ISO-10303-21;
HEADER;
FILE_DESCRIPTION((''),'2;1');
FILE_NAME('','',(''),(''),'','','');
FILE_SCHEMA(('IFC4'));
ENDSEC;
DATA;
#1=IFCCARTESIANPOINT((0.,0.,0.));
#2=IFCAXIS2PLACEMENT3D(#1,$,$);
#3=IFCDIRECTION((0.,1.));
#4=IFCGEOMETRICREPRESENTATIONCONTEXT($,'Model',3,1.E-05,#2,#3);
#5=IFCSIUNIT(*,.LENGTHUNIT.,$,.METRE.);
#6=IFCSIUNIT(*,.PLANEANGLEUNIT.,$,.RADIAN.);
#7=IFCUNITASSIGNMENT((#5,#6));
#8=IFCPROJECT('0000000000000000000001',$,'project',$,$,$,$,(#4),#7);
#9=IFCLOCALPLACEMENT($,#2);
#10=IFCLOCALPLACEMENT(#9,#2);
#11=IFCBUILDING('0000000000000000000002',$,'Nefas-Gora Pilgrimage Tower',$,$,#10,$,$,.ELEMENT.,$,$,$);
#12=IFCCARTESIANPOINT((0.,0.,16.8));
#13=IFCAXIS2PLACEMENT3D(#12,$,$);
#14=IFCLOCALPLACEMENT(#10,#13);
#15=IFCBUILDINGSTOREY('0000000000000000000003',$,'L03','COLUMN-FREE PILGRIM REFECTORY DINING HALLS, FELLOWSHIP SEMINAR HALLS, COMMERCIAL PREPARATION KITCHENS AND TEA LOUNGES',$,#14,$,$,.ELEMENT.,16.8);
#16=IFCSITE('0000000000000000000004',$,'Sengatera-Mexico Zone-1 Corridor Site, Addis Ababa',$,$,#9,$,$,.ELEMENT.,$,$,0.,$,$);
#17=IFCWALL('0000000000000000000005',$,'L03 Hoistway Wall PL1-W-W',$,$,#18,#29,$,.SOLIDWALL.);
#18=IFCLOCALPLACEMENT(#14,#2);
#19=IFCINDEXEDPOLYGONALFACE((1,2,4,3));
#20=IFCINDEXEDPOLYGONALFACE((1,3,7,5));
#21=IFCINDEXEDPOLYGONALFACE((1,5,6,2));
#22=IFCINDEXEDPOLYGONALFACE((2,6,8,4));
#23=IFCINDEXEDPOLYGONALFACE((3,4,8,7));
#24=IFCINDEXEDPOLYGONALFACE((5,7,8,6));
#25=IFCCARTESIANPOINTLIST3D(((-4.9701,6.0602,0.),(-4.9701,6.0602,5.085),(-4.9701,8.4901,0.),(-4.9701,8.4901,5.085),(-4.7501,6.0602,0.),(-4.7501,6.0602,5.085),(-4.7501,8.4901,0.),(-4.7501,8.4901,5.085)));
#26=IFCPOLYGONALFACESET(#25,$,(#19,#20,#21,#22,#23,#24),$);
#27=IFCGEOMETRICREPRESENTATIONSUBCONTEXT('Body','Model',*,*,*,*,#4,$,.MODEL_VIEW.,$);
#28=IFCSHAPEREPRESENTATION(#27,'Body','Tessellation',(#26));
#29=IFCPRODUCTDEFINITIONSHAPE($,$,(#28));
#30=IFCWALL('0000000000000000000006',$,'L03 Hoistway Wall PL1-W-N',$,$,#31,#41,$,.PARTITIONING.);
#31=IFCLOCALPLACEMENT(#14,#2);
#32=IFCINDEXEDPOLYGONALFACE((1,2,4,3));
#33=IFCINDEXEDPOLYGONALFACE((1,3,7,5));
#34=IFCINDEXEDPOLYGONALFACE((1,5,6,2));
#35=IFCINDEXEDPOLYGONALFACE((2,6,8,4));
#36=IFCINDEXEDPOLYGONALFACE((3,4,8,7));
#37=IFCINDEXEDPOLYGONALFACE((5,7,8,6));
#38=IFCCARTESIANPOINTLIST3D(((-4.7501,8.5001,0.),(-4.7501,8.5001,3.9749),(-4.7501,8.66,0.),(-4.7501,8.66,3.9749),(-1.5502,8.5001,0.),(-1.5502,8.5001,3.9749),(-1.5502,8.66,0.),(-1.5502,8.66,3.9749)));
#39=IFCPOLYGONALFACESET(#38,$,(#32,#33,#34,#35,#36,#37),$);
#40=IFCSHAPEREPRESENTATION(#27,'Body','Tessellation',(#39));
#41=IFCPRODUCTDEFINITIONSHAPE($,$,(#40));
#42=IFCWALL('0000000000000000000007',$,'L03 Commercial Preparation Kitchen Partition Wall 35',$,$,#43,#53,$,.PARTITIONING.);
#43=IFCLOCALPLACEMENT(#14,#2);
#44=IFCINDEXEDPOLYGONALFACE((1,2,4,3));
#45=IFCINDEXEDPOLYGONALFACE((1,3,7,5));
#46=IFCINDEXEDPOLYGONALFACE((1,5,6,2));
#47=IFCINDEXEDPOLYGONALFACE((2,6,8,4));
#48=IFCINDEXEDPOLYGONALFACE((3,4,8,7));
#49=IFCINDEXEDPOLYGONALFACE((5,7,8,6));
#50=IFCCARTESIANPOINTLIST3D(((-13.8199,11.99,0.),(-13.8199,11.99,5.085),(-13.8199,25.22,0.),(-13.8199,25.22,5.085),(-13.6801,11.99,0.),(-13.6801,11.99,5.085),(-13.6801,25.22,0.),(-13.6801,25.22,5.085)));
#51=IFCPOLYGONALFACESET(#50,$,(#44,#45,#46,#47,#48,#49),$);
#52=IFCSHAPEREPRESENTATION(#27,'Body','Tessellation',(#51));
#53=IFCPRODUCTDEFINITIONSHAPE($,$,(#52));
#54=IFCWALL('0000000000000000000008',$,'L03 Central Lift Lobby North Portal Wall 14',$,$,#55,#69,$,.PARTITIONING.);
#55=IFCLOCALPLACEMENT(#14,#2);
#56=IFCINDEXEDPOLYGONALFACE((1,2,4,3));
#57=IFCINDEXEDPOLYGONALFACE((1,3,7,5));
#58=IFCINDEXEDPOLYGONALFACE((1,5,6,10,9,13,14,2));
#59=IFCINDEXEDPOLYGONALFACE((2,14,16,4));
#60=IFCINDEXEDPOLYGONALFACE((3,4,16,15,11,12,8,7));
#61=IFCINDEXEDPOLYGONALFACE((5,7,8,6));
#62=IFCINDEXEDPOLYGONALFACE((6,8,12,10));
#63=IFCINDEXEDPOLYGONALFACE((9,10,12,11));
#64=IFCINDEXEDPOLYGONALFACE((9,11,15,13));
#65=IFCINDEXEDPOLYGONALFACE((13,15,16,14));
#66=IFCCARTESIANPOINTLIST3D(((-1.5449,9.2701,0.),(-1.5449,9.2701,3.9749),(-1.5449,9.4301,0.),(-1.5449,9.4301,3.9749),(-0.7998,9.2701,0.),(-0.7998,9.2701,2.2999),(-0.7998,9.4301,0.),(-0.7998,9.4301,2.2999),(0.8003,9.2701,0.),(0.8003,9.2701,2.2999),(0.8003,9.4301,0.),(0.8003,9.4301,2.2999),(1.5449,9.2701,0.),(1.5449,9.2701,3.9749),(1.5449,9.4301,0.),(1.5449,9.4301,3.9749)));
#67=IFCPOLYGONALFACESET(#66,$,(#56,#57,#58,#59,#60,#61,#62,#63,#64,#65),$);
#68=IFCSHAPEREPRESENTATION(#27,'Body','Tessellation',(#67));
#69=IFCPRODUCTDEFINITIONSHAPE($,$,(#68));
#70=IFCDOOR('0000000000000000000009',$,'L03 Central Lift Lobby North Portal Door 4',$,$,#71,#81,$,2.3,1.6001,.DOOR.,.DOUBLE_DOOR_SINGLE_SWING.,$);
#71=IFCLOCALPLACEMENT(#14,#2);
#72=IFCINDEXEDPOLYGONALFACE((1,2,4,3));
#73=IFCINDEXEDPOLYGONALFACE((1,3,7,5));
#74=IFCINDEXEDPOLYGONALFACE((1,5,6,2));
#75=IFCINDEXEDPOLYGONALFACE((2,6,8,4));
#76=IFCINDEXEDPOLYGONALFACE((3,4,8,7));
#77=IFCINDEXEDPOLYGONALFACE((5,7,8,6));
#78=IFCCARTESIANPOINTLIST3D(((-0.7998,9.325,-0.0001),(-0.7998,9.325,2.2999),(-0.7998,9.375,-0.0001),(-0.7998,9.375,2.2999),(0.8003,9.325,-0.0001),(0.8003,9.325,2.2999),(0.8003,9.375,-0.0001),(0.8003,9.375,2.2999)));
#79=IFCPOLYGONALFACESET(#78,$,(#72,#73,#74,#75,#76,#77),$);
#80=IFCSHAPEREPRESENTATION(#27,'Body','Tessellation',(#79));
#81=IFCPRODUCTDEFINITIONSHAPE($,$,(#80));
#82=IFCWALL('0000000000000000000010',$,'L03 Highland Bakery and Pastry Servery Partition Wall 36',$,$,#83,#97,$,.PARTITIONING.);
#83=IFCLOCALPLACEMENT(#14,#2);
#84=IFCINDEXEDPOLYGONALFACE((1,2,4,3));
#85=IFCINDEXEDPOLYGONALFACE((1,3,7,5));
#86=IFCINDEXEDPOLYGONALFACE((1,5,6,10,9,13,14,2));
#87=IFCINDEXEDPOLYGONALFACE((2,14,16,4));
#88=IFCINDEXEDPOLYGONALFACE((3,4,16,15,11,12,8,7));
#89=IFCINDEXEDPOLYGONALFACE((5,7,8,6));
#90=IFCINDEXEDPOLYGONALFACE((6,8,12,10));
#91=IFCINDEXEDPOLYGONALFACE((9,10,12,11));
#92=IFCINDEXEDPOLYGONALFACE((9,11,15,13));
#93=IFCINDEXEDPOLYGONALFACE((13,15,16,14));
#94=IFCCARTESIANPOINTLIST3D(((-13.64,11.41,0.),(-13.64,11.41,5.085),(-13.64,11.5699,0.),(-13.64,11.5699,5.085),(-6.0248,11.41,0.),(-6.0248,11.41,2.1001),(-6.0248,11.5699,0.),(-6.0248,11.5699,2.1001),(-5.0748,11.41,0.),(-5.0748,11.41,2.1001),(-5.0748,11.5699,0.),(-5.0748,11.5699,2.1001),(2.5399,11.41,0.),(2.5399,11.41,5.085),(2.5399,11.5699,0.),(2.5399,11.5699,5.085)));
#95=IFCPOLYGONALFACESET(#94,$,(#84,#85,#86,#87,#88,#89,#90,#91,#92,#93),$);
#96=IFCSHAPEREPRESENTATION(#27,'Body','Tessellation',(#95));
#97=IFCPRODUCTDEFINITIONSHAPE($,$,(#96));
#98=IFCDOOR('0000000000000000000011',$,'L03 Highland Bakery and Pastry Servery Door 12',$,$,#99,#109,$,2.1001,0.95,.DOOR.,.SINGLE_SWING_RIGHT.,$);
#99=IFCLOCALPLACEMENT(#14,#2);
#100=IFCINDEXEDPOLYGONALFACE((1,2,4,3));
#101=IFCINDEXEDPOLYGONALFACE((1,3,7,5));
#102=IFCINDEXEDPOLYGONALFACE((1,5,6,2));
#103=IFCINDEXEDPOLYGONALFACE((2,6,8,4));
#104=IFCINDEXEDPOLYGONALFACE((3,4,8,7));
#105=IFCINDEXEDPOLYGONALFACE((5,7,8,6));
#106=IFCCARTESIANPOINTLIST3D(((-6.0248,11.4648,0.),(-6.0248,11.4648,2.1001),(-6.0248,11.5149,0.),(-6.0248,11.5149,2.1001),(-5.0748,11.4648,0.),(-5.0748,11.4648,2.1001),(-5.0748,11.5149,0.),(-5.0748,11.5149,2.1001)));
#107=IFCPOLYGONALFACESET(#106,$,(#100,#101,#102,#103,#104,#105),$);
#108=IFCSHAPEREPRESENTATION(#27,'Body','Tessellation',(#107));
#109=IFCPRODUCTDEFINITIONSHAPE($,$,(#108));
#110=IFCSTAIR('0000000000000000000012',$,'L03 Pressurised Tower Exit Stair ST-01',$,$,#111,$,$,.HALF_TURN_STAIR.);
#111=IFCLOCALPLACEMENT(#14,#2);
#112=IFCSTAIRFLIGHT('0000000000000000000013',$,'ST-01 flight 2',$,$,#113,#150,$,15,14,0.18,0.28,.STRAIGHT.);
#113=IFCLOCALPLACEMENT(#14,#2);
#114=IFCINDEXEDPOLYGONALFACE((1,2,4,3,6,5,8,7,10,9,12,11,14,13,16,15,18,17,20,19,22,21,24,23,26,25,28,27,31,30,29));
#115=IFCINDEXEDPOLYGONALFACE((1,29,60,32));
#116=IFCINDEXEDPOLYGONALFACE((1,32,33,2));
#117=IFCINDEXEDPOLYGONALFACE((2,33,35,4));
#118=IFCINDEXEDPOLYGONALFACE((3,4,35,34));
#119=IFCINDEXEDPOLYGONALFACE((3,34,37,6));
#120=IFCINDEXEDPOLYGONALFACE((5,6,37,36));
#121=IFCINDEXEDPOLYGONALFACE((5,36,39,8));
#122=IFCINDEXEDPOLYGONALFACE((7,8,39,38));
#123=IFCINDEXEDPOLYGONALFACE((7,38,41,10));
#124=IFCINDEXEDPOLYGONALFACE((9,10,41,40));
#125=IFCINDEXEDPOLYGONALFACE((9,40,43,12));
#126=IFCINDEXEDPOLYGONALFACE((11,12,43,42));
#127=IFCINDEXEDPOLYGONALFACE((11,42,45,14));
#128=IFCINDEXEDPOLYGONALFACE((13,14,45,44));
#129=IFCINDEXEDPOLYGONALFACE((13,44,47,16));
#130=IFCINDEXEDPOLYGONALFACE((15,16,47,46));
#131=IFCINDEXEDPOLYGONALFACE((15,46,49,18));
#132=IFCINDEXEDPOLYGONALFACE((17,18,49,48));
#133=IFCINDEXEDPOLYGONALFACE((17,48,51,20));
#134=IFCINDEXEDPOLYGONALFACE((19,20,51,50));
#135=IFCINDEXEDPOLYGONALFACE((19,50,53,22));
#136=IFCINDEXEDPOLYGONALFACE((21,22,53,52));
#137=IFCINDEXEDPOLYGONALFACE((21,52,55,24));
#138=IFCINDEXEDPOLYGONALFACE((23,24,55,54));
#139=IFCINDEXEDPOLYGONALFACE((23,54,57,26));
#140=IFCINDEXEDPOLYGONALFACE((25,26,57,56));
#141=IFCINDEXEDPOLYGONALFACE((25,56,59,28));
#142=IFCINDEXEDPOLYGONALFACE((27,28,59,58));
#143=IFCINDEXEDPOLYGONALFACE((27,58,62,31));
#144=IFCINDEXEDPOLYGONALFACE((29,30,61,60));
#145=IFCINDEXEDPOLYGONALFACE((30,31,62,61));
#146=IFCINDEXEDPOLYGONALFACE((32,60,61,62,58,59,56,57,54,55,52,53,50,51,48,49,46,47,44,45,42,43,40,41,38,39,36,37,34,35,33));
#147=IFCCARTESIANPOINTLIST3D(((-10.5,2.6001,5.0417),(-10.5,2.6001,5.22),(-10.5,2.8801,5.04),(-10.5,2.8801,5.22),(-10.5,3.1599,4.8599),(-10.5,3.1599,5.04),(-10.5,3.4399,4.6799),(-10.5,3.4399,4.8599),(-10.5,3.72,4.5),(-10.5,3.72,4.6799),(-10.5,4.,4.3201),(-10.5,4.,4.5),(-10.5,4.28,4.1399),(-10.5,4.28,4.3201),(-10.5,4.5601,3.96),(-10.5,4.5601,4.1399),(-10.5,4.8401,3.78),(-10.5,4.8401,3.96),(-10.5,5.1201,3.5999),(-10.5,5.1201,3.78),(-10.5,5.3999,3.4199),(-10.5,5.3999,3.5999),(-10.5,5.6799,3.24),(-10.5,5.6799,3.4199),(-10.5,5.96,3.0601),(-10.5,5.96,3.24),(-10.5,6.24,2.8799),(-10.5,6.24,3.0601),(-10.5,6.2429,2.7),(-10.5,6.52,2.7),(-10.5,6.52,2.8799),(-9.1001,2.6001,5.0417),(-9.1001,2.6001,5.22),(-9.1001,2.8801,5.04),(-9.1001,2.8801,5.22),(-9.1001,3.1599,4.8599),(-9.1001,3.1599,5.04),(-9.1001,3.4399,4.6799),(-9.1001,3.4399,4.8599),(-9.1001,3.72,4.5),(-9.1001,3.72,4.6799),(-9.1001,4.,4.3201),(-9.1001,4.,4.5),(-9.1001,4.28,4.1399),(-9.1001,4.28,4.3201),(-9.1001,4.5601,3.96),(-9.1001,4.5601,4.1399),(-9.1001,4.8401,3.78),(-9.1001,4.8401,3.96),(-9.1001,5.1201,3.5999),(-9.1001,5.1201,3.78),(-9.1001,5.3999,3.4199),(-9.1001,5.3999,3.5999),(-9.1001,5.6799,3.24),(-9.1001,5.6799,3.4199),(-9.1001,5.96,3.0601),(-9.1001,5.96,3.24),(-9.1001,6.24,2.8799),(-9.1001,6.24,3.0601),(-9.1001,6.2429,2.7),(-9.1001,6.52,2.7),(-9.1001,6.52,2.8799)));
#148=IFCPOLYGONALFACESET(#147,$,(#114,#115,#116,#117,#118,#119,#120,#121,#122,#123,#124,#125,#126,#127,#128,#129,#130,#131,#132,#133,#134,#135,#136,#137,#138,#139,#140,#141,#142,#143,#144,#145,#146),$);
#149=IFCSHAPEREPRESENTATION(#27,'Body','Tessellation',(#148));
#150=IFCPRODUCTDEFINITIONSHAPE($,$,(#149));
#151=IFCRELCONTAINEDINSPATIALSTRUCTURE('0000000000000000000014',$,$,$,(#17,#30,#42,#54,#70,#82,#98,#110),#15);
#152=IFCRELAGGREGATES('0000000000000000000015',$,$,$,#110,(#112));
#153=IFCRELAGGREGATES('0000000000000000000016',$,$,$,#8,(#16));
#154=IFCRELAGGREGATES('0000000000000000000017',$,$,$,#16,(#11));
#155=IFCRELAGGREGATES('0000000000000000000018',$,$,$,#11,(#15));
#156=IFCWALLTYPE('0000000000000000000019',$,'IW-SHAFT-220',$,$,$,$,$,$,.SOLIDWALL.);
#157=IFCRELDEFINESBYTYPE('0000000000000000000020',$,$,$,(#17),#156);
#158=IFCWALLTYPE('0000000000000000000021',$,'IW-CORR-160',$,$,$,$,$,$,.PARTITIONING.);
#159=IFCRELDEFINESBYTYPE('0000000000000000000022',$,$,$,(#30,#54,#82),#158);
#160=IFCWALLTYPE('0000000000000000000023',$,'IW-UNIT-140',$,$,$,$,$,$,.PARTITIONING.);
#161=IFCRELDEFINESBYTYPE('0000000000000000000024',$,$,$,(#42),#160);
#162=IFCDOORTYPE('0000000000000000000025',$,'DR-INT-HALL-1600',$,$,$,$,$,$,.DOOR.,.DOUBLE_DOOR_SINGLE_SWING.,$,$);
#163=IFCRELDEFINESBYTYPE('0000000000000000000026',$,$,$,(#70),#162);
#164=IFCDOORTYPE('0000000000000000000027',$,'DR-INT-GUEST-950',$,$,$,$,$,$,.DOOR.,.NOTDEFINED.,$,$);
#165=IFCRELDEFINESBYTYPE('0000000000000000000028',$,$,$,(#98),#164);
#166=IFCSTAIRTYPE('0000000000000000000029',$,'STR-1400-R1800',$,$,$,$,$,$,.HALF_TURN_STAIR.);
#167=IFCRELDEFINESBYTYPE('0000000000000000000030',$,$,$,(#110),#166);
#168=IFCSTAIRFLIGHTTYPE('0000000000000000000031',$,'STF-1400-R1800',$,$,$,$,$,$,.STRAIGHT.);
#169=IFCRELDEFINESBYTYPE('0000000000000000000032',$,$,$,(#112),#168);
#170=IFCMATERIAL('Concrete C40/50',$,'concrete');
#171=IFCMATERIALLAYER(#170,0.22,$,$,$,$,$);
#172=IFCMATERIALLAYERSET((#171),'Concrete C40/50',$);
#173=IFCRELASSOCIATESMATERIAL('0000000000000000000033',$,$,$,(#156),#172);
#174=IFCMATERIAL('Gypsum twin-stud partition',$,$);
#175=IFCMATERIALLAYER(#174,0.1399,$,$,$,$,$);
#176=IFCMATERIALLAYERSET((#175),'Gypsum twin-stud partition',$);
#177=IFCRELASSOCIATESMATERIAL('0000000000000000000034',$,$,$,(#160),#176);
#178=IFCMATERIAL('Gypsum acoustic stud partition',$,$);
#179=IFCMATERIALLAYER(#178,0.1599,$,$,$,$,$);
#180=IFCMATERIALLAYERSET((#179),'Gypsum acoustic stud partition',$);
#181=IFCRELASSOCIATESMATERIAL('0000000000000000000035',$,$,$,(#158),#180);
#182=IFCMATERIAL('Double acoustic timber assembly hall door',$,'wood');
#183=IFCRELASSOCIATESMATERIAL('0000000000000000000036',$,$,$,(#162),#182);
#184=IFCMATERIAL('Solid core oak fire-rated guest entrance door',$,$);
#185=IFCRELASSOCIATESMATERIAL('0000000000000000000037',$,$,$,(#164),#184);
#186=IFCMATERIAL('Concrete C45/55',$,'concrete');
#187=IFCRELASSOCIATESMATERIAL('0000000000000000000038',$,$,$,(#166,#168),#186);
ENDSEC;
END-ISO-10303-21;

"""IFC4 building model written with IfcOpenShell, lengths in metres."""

from ifc_helpers import new_model, si_unit, direction, frame, frame_2d, origin, place, context, subcontext, project, spatial, polyline, rectangle, outline, extrude, source, transform, mapped, material, layer, layer_set, type_object, element, fill, aggregate, save


model = new_model("IFC4")

# Units and contexts
model_context = context("Model", 3, precision=1e-05, world=origin(), true_north=direction((0.0, 1.0)))
body_context = subcontext(model_context, "Body", "Model", "MODEL_VIEW")
ifc_project = project(units=[si_unit("LENGTHUNIT", "METRE"), si_unit("PLANEANGLEUNIT", "RADIAN")], contexts=[model_context])

# Site, building, storey
site_placement = place(None, origin())
site = spatial("IfcSite", under=ifc_project, at=site_placement, Name="Sengatera-Mexico Zone-1 Corridor Site, Addis Ababa", CompositionType="ELEMENT", RefElevation=0.0)
building_placement = place(site_placement, origin())
building = spatial("IfcBuilding", under=site, at=building_placement, Name="Nefas-Gora Pilgrimage Tower", CompositionType="ELEMENT")
storey_placement = place(building_placement, frame((0.0, 0.0, 16.8)))
storey = spatial("IfcBuildingStorey", under=building, at=storey_placement, Name="L03", Description="COLUMN-FREE PILGRIM REFECTORY DINING HALLS, FELLOWSHIP SEMINAR HALLS, COMMERCIAL PREPARATION KITCHENS AND TEA LOUNGES", CompositionType="ELEMENT", Elevation=16.8)

# Walls
ifc_material_1 = material(Name="Concrete C45/55", Category="concrete")
ifc_material_2 = material(Name="Concrete C40/50", Category="concrete")
ifc_layer_1 = layer(ifc_material_2, 0.22)
ifc_layer_set_1 = layer_set([ifc_layer_1], Name="Concrete C40/50")
wall_type_1 = type_object("IfcWallType", Name="IW-SHAFT-220", PredefinedType="SOLIDWALL", material=ifc_layer_set_1)
shared_shape_1 = source(origin(), body_context, "Body", "SweptSolid", [
    extrude(rectangle(XDim=2.4299, YDim=0.22, at=frame_2d((1.2148, 0.0))), origin(), (0.0, 0.0, 1.0), 5.085),
])
wall_1_placement = place(storey_placement, frame((-4.8601, 8.49, 0.0), z_axis=(0.0, 0.0, 1.0), x_axis=(0.0, -1.0, 0.0)))
element("IfcWall", 1, at=wall_1_placement, inside=storey, type_object=wall_type_1, Name="L03 Hoistway Wall PL1-W-W", PredefinedType="SOLIDWALL", context=body_context, shape_type="MappedRepresentation", body=[
    mapped(shared_shape_1, transform((0.0, 0.0, 0.0), x_axis=(1.0, 0.0, 0.0), y_axis=(0.0, 1.0, 0.0), z_axis=(0.0, 0.0, 1.0), scale=1.0)),
])
ifc_material_3 = material(Name="Gypsum twin-stud partition")
ifc_layer_2 = layer(ifc_material_3, 0.1399)
ifc_layer_set_2 = layer_set([ifc_layer_2], Name="Gypsum twin-stud partition")
wall_type_2 = type_object("IfcWallType", Name="IW-UNIT-140", PredefinedType="PARTITIONING", material=ifc_layer_set_2)
ifc_material_4 = material(Name="Gypsum acoustic stud partition")
ifc_layer_3 = layer(ifc_material_4, 0.1599)
ifc_layer_set_3 = layer_set([ifc_layer_3], Name="Gypsum acoustic stud partition")
wall_type_3 = type_object("IfcWallType", Name="IW-CORR-160", PredefinedType="PARTITIONING", material=ifc_layer_set_3)
shared_shape_2 = source(origin(), body_context, "Body", "SweptSolid", [
    extrude(rectangle(XDim=3.2, YDim=0.1599, at=frame_2d((1.6001, 0.0))), origin(), (0.0, 0.0, 1.0), 3.9749),
])
wall_2_placement = place(storey_placement, frame((-1.55, 8.5801, 0.0), z_axis=(0.0, 0.0, 1.0), x_axis=(-1.0, 0.0, 0.0)))
element("IfcWall", 2, at=wall_2_placement, inside=storey, type_object=wall_type_3, Name="L03 Hoistway Wall PL1-W-N", PredefinedType="PARTITIONING", context=body_context, shape_type="MappedRepresentation", body=[
    mapped(shared_shape_2, transform((0.0, 0.0, 0.0), x_axis=(1.0, 0.0, 0.0), y_axis=(0.0, 1.0, 0.0), z_axis=(0.0, 0.0, 1.0), scale=1.0)),
])
shared_shape_3 = source(origin(), body_context, "Body", "SweptSolid", [
    extrude(rectangle(XDim=13.23, YDim=0.1399, at=frame_2d((6.615, 0.0))), origin(), (0.0, 0.0, 1.0), 5.085),
])
wall_3_placement = place(storey_placement, frame((-13.75, 11.99, 0.0), z_axis=(0.0, 0.0, 1.0), x_axis=(0.0, 1.0, 0.0)))
element("IfcWall", 3, at=wall_3_placement, inside=storey, type_object=wall_type_2, Name="L03 Commercial Preparation Kitchen Partition Wall 35", PredefinedType="PARTITIONING", context=body_context, shape_type="MappedRepresentation", body=[
    mapped(shared_shape_3, transform((0.0, 0.0, 0.0), x_axis=(1.0, 0.0, 0.0), y_axis=(0.0, 1.0, 0.0), z_axis=(0.0, 0.0, 1.0), scale=1.0)),
])

# Walls, openings, doors
shared_shape_4 = source(origin(), body_context, "Body", "SweptSolid", [
    extrude(rectangle(XDim=3.0898, YDim=0.1599, at=frame_2d((1.5449, 0.0))), origin(), (0.0, 0.0, 1.0), 3.9749),
])
wall_4_placement = place(storey_placement, frame((-1.5449, 9.3501, 0.0), z_axis=(0.0, 0.0, 1.0), x_axis=(1.0, 0.0, 0.0)))
wall_4 = element("IfcWall", 4, at=wall_4_placement, inside=storey, type_object=wall_type_3, Name="L03 Central Lift Lobby North Portal Wall 14", PredefinedType="PARTITIONING", context=body_context, shape_type="MappedRepresentation", body=[
    mapped(shared_shape_4, transform((0.0, 0.0, 0.0), x_axis=(1.0, 0.0, 0.0), y_axis=(0.0, 1.0, 0.0), z_axis=(0.0, 0.0, 1.0), scale=1.0)),
])
opening_1_placement = place(wall_4_placement, frame((0.7451, 0.0, 0.0)))
opening_1 = element("IfcOpeningElement", 5, at=opening_1_placement, cuts=wall_4, PredefinedType="OPENING", context=body_context, shape_type="SweptSolid", body=[
    extrude(rectangle(XDim=1.6001, YDim=2.3, at=frame_2d((0.8, 1.1499))), frame((0.0, 0.0898, 0.0), z_axis=(0.0, -1.0, 0.0), x_axis=(1.0, 0.0, 0.0)), (0.0, 0.0, 1.0), 0.1799),
])
ifc_material_5 = material(Name="Double acoustic timber assembly hall door", Category="wood")
door_type_1 = type_object("IfcDoorType", Name="DR-INT-HALL-1600", OperationType="DOUBLE_DOOR_SINGLE_SWING", PredefinedType="DOOR", material=ifc_material_5)
shared_shape_5 = source(origin(), body_context, "Body", "SweptSolid", [
    extrude(rectangle(XDim=1.6001, YDim=2.3, at=frame_2d((0.8, 1.1499))), frame((0.0, 0.0249, 0.0), z_axis=(0.0, -1.0, 0.0), x_axis=(1.0, 0.0, 0.0)), (0.0, 0.0, 1.0), 0.05),
])
door_1_placement = place(opening_1_placement, origin())
door_1 = element("IfcDoor", 6, at=door_1_placement, inside=storey, type_object=door_type_1, Name="L03 Central Lift Lobby North Portal Door 4", OperationType="DOUBLE_DOOR_SINGLE_SWING", OverallHeight=2.3, OverallWidth=1.6001, PredefinedType="DOOR", context=body_context, shape_type="MappedRepresentation", body=[
    mapped(shared_shape_5, transform((0.0, 0.0, 0.0), x_axis=(1.0, 0.0, 0.0), y_axis=(0.0, 1.0, 0.0), z_axis=(0.0, 0.0, 1.0), scale=1.0)),
])
fill(opening_1, door_1)
shared_shape_6 = source(origin(), body_context, "Body", "SweptSolid", [
    extrude(rectangle(XDim=16.1799, YDim=0.1599, at=frame_2d((8.0898, 0.0))), origin(), (0.0, 0.0, 1.0), 5.085),
])
wall_5_placement = place(storey_placement, frame((-13.6399, 11.49, 0.0), z_axis=(0.0, 0.0, 1.0), x_axis=(1.0, 0.0, 0.0)))
wall_5 = element("IfcWall", 7, at=wall_5_placement, inside=storey, type_object=wall_type_3, Name="L03 Highland Bakery and Pastry Servery Partition Wall 36", PredefinedType="PARTITIONING", context=body_context, shape_type="MappedRepresentation", body=[
    mapped(shared_shape_6, transform((0.0, 0.0, 0.0), x_axis=(1.0, 0.0, 0.0), y_axis=(0.0, 1.0, 0.0), z_axis=(0.0, 0.0, 1.0), scale=1.0)),
])
opening_2_placement = place(wall_5_placement, frame((7.615, 0.0, 0.0)))
opening_2 = element("IfcOpeningElement", 8, at=opening_2_placement, cuts=wall_5, PredefinedType="OPENING", context=body_context, shape_type="SweptSolid", body=[
    extrude(rectangle(XDim=0.95, YDim=2.1001, at=frame_2d((0.4751, 1.05))), frame((0.0, 0.0898, 0.0), z_axis=(0.0, -1.0, 0.0), x_axis=(1.0, 0.0, 0.0)), (0.0, 0.0, 1.0), 0.1799),
])
ifc_material_6 = material(Name="Solid core oak fire-rated guest entrance door")
door_type_2 = type_object("IfcDoorType", Name="DR-INT-GUEST-950", OperationType="NOTDEFINED", PredefinedType="DOOR", material=ifc_material_6)
shared_shape_7 = source(origin(), body_context, "Body", "SweptSolid", [
    extrude(rectangle(XDim=0.95, YDim=2.1001, at=frame_2d((0.4751, 1.05))), frame((0.0, 0.0249, 0.0), z_axis=(0.0, -1.0, 0.0), x_axis=(1.0, 0.0, 0.0)), (0.0, 0.0, 1.0), 0.05),
])
door_2_placement = place(opening_2_placement, origin())
door_2 = element("IfcDoor", 9, at=door_2_placement, inside=storey, type_object=door_type_2, Name="L03 Highland Bakery and Pastry Servery Door 12", OperationType="SINGLE_SWING_RIGHT", OverallHeight=2.1001, OverallWidth=0.95, PredefinedType="DOOR", context=body_context, shape_type="MappedRepresentation", body=[
    mapped(shared_shape_7, transform((0.0, 0.0, 0.0), x_axis=(1.0, 0.0, 0.0), y_axis=(0.0, 1.0, 0.0), z_axis=(0.0, 0.0, 1.0), scale=1.0)),
])
fill(opening_2, door_2)

# Stair, stair flight
stair_type = type_object("IfcStairType", Name="STR-1400-R1800", PredefinedType="HALF_TURN_STAIR", material=ifc_material_1)
stair_placement = place(storey_placement, origin())
stair = element("IfcStair", 10, at=stair_placement, inside=storey, type_object=stair_type, Name="L03 Pressurised Tower Exit Stair ST-01", PredefinedType="HALF_TURN_STAIR")
stair_flight_type = type_object("IfcStairFlightType", Name="STF-1400-R1800", PredefinedType="STRAIGHT", material=ifc_material_1)
shared_shape_8 = source(origin(), body_context, "Body", "SweptSolid", [
    extrude(outline(polyline([(0.0, 0.0), (0.0, 0.1799), (0.28, 0.1799), (0.28, 0.3601), (0.5601, 0.3601), (0.5601, 0.54), (0.8401, 0.54), (0.8401, 0.72), (1.1201, 0.72), (1.1201, 0.8999), (1.3999, 0.8999), (1.3999, 1.0801), (1.6799, 1.0801), (1.6799, 1.26), (1.96, 1.26), (1.96, 1.4399), (2.24, 1.4399), (2.24, 1.6201), (2.52, 1.6201), (2.52, 1.8), (2.8, 1.8), (2.8, 1.98), (3.0801, 1.98), (3.0801, 2.1599), (3.3601, 2.1599), (3.3601, 2.3401), (3.6399, 2.3401), (3.6399, 2.52), (3.9199, 2.52), (3.9199, 2.7), (3.9199, 2.3418), (0.2771, 0.0), (0.0, 0.0)])), frame((0.0, 0.7, 0.0), z_axis=(0.0, -1.0, 0.0), x_axis=(1.0, 0.0, 0.0)), (0.0, 0.0, 1.0), 1.3999),
])
stair_flight_placement = place(storey_placement, frame((-9.8, 6.52, 2.7), z_axis=(0.0, 0.0, 1.0), x_axis=(0.0, -1.0, 0.0)))
stair_flight = element("IfcStairFlight", 11, at=stair_flight_placement, type_object=stair_flight_type, Name="ST-01 flight 2", NumberOfRisers=15, NumberOfTreads=14, PredefinedType="STRAIGHT", RiserHeight=0.18, TreadLength=0.28, context=body_context, shape_type="MappedRepresentation", body=[
    mapped(shared_shape_8, transform((0.0, 0.0, 0.0), x_axis=(1.0, 0.0, 0.0), y_axis=(0.0, 1.0, 0.0), z_axis=(0.0, 0.0, 1.0), scale=1.0)),
])
aggregate(stair, [stair_flight])

save(model, "model.ifc")
